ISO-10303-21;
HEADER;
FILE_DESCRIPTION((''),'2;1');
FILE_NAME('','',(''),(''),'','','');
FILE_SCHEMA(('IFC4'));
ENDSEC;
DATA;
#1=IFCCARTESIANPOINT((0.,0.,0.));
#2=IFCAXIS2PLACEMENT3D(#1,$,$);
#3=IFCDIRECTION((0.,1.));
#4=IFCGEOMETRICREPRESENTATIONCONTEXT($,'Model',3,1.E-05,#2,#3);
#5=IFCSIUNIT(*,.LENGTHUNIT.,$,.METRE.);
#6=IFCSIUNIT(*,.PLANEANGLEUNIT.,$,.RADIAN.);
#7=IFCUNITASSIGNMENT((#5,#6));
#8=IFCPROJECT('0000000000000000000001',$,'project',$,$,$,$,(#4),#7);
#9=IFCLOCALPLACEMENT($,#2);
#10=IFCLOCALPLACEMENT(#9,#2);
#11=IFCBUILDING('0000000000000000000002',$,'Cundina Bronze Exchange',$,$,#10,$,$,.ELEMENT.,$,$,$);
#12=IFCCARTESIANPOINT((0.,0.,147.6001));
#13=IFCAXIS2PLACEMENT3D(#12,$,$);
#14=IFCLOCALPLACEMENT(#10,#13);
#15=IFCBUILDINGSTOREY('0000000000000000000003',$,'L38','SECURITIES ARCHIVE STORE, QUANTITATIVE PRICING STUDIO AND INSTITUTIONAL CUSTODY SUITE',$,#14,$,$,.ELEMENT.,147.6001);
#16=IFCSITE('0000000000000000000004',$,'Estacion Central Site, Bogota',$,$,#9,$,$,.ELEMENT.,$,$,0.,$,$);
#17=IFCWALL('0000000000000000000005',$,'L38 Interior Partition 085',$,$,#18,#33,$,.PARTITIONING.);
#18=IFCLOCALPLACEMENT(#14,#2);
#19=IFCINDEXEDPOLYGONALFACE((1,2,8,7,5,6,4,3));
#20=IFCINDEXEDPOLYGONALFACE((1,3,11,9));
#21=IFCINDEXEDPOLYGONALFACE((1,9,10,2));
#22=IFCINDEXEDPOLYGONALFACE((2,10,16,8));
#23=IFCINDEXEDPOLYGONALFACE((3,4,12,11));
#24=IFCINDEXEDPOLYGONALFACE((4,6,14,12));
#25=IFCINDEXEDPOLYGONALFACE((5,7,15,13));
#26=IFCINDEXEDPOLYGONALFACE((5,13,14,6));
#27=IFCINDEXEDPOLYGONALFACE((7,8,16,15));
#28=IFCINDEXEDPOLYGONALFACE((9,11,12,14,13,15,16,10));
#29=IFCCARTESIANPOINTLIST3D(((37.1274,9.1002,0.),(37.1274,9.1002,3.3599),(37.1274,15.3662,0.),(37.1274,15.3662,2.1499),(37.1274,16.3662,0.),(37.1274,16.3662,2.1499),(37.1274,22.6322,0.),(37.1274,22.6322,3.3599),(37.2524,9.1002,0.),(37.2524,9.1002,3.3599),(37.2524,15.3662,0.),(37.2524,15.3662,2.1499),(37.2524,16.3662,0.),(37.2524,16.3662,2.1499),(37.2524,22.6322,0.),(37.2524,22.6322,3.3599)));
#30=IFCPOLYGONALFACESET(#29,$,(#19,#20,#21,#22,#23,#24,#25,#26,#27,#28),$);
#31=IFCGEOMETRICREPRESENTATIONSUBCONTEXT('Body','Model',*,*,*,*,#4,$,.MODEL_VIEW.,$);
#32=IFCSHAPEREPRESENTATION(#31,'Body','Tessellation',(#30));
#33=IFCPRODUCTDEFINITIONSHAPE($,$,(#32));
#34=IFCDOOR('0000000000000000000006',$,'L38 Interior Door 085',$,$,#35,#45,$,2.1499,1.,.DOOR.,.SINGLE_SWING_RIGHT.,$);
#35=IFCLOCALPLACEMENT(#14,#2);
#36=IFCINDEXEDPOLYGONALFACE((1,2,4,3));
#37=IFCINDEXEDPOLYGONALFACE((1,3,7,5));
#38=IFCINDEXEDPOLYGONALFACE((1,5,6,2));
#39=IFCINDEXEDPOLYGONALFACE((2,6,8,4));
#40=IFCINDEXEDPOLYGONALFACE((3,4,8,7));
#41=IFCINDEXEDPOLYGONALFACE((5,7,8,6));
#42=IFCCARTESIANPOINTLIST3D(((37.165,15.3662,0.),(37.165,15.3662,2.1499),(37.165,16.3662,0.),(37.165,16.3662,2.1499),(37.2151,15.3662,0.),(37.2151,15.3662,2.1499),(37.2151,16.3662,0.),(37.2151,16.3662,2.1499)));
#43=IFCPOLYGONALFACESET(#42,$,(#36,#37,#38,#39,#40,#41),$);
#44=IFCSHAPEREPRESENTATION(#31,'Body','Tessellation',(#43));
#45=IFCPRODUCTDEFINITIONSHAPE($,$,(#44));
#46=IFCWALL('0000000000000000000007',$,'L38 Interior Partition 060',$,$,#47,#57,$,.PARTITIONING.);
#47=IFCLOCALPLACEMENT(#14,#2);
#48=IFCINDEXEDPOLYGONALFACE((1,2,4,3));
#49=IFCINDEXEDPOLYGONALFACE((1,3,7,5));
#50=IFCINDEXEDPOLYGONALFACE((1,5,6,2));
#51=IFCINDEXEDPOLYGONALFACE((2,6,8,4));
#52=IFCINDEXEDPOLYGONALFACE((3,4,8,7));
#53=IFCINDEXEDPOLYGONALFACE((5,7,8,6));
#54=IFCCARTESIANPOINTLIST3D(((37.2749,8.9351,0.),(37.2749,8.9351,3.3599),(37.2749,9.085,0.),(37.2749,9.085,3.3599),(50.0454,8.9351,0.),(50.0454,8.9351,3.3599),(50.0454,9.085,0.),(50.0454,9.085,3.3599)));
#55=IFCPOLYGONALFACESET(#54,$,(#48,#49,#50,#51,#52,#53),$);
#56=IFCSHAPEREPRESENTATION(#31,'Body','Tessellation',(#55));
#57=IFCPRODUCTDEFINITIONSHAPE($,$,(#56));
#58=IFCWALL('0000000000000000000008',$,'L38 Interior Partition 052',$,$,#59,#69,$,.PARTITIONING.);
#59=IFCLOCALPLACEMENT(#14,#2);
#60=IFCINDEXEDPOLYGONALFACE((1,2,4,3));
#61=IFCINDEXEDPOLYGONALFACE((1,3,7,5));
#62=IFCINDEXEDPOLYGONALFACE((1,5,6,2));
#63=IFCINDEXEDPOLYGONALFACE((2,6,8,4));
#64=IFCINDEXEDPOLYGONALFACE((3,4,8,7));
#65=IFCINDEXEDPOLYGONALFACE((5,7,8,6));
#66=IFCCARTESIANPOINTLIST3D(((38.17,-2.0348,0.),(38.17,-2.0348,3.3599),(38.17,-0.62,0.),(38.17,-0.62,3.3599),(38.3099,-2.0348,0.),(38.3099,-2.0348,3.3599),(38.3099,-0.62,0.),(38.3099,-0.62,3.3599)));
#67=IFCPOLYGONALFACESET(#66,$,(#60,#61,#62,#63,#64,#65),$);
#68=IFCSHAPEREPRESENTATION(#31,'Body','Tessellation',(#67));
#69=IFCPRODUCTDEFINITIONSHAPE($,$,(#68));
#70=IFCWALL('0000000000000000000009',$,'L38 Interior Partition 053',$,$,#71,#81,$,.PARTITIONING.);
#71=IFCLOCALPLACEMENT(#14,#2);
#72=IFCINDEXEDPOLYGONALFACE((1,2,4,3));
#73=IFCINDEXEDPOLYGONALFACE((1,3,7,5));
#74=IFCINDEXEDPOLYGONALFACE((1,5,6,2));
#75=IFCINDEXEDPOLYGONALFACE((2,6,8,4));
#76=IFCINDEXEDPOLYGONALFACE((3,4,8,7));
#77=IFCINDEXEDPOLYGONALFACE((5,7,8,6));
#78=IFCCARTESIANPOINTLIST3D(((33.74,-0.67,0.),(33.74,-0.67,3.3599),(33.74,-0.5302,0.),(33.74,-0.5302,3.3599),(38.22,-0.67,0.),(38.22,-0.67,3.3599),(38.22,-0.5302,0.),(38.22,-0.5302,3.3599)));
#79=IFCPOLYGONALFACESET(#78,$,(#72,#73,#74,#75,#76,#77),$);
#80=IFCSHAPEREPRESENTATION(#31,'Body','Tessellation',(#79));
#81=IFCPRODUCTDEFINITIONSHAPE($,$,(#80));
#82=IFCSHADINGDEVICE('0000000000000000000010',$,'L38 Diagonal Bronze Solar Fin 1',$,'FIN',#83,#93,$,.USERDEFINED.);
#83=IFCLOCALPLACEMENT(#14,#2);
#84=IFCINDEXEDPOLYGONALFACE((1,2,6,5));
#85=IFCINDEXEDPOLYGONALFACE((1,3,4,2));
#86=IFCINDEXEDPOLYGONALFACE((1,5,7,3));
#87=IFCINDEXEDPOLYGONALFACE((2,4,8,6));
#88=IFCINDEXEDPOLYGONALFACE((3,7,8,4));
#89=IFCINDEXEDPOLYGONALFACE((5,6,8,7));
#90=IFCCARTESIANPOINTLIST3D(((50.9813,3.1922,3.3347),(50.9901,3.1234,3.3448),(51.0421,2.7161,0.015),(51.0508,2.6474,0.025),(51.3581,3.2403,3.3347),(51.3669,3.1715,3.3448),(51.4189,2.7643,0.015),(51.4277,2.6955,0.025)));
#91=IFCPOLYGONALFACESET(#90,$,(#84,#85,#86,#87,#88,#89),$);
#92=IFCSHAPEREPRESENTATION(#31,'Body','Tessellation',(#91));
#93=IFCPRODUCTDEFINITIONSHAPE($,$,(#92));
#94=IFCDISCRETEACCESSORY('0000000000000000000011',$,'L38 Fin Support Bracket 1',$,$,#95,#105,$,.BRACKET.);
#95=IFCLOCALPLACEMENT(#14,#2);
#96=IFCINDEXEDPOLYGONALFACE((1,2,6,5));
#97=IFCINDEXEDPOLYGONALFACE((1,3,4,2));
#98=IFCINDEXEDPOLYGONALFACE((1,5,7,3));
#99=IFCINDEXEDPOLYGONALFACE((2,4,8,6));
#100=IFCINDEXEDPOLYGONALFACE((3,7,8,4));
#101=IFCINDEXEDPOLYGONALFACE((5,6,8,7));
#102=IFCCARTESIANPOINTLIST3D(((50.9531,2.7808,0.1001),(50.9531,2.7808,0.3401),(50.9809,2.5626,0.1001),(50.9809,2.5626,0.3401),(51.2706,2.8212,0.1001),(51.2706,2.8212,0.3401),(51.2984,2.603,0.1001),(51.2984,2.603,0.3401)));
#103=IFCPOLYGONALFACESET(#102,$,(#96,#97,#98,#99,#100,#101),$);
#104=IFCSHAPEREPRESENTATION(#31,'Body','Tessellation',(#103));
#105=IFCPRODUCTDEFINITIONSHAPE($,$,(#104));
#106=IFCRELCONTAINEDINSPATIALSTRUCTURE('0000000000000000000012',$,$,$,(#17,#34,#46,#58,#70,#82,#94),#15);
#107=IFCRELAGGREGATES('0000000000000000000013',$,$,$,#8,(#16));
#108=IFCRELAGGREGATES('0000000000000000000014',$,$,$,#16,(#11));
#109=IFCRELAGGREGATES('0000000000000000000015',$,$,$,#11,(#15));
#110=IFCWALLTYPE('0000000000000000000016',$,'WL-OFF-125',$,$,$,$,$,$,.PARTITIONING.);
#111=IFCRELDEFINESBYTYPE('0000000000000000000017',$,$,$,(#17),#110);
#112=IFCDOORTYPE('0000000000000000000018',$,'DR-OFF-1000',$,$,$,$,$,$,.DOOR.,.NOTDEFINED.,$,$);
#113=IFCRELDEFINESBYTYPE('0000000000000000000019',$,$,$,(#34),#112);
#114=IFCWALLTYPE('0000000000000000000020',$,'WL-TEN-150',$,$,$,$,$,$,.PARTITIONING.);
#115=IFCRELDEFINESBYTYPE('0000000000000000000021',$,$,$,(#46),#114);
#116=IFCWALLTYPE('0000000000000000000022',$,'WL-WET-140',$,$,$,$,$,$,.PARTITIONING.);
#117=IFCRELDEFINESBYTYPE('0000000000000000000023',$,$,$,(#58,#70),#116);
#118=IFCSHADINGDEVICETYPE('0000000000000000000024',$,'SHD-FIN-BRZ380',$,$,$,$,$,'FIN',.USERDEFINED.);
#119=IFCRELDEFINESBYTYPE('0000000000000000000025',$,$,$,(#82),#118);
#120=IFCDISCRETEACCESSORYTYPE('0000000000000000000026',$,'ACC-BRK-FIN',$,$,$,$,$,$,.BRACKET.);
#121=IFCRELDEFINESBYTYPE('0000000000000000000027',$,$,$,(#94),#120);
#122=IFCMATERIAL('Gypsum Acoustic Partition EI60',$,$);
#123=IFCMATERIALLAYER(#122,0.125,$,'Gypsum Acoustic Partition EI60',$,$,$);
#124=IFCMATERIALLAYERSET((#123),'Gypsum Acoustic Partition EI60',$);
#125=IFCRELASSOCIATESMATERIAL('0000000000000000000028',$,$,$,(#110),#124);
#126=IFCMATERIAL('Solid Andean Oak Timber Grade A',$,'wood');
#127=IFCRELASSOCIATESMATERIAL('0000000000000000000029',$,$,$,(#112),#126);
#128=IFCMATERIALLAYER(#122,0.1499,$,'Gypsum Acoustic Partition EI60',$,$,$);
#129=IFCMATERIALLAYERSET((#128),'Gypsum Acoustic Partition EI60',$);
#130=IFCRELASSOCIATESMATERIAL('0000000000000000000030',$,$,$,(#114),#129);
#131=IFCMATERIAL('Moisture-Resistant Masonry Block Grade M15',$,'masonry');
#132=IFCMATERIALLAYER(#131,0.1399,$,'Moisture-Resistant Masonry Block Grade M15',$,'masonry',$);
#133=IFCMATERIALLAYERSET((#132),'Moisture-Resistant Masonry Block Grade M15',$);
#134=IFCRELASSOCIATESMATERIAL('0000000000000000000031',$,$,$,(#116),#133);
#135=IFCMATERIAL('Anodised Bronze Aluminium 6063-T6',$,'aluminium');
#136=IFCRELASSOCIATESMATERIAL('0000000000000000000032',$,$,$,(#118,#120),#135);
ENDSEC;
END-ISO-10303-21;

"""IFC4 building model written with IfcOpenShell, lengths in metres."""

from ifc_helpers import new_model, si_unit, direction, frame, frame_2d, origin, origin_2d, place, context, subcontext, project, spatial, rectangle, extrude, material, layer, layer_set, material_profile, profile_set, type_object, element, fill, save


model = new_model("IFC4")

# Units and contexts
model_context = context("Model", 3, precision=1e-05, world=origin(), true_north=direction((0.0, 1.0)))
body_context = subcontext(model_context, "Body", "Model", "MODEL_VIEW")
ifc_project = project(units=[si_unit("LENGTHUNIT", "METRE"), si_unit("PLANEANGLEUNIT", "RADIAN")], contexts=[model_context])

# Site, building, storey
site_placement = place(None, origin())
site = spatial("IfcSite", under=ifc_project, at=site_placement, Name="Estacion Central Site, Bogota", CompositionType="ELEMENT", RefElevation=0.0)
building_placement = place(site_placement, origin())
building = spatial("IfcBuilding", under=site, at=building_placement, Name="Cundina Bronze Exchange", CompositionType="ELEMENT")
storey_placement = place(building_placement, frame((0.0, 0.0, 147.6001)))
storey = spatial("IfcBuildingStorey", under=building, at=storey_placement, Name="L38", Description="SECURITIES ARCHIVE STORE, QUANTITATIVE PRICING STUDIO AND INSTITUTIONAL CUSTODY SUITE", CompositionType="ELEMENT", Elevation=147.6001)

# Shared definitions
ifc_material_1 = material(Name="Anodised Bronze Aluminium 6063-T6", Category="aluminium")

# Wall, opening, door
ifc_material_2 = material(Name="Gypsum Acoustic Partition EI60")
ifc_layer_1 = layer(ifc_material_2, 0.125, Name="Gypsum Acoustic Partition EI60")
ifc_layer_set_1 = layer_set([ifc_layer_1], Name="Gypsum Acoustic Partition EI60")
wall_type_1 = type_object("IfcWallType", Name="WL-OFF-125", PredefinedType="PARTITIONING", material=ifc_layer_set_1)
ifc_material_3 = material(Name="Solid Andean Oak Timber Grade A", Category="wood")
door_type = type_object("IfcDoorType", Name="DR-OFF-1000", OperationType="NOTDEFINED", PredefinedType="DOOR", material=ifc_material_3)
wall_1_placement = place(storey_placement, frame((37.1899, 9.1001, 0.0), z_axis=(0.0, 0.0, 1.0), x_axis=(0.0, 1.0, 0.0)))
wall_1 = element("IfcWall", 1, at=wall_1_placement, inside=storey, type_object=wall_type_1, Name="L38 Interior Partition 085", PredefinedType="PARTITIONING", context=body_context, shape_type="SweptSolid", body=[
    extrude(rectangle(XDim=13.532, YDim=0.125, at=frame_2d((6.7661, 0.0))), origin(), (0.0, 0.0, 1.0), 3.3599),
])
opening_1_placement = place(wall_1_placement, frame((6.2661, 0.0, 0.0)))
opening_1 = element("IfcOpeningElement", 2, at=opening_1_placement, cuts=wall_1, PredefinedType="OPENING", context=body_context, shape_type="SweptSolid", body=[
    extrude(rectangle(XDim=1.0, YDim=2.1499, at=frame_2d((0.5, 1.075))), frame((0.0, 0.0725, 0.0), z_axis=(0.0, -1.0, 0.0), x_axis=(1.0, 0.0, 0.0)), (0.0, 0.0, 1.0), 0.145),
])
door_1_placement = place(opening_1_placement, origin())
door_1 = element("IfcDoor", 3, at=door_1_placement, inside=storey, type_object=door_type, Name="L38 Interior Door 085", OperationType="SINGLE_SWING_RIGHT", OverallHeight=2.1499, OverallWidth=1.0, PredefinedType="DOOR", context=body_context, shape_type="SweptSolid", body=[
    extrude(rectangle(XDim=1.0, YDim=2.1499, at=frame_2d((0.5, 1.075))), frame((0.0, 0.0249, 0.0), z_axis=(0.0, -1.0, 0.0), x_axis=(1.0, 0.0, 0.0)), (0.0, 0.0, 1.0), 0.05),
])
fill(opening_1, door_1)

# Walls
ifc_layer_2 = layer(ifc_material_2, 0.1499, Name="Gypsum Acoustic Partition EI60")
ifc_layer_set_2 = layer_set([ifc_layer_2], Name="Gypsum Acoustic Partition EI60")
wall_type_2 = type_object("IfcWallType", Name="WL-TEN-150", PredefinedType="PARTITIONING", material=ifc_layer_set_2)
wall_2_placement = place(storey_placement, frame((37.2749, 9.01, 0.0), z_axis=(0.0, 0.0, 1.0), x_axis=(1.0, 0.0, 0.0)))
element("IfcWall", 4, at=wall_2_placement, inside=storey, type_object=wall_type_2, Name="L38 Interior Partition 060", PredefinedType="PARTITIONING", context=body_context, shape_type="SweptSolid", body=[
    extrude(rectangle(XDim=12.7705, YDim=0.1499, at=frame_2d((6.3853, 0.0))), origin(), (0.0, 0.0, 1.0), 3.3599),
])
ifc_material_4 = material(Name="Moisture-Resistant Masonry Block Grade M15", Category="masonry")
ifc_layer_3 = layer(ifc_material_4, 0.1399, Name="Moisture-Resistant Masonry Block Grade M15", Category="masonry")
ifc_layer_set_3 = layer_set([ifc_layer_3], Name="Moisture-Resistant Masonry Block Grade M15")
wall_type_3 = type_object("IfcWallType", Name="WL-WET-140", PredefinedType="PARTITIONING", material=ifc_layer_set_3)
wall_3_placement = place(storey_placement, frame((38.24, -2.0349, 0.0), z_axis=(0.0, 0.0, 1.0), x_axis=(0.0, 1.0, 0.0)))
element("IfcWall", 5, at=wall_3_placement, inside=storey, type_object=wall_type_3, Name="L38 Interior Partition 052", PredefinedType="PARTITIONING", context=body_context, shape_type="SweptSolid", body=[
    extrude(rectangle(XDim=1.4148, YDim=0.1399, at=frame_2d((0.7075, 0.0))), origin(), (0.0, 0.0, 1.0), 3.3599),
])
wall_4_placement = place(storey_placement, frame((33.74, -0.6001, 0.0), z_axis=(0.0, 0.0, 1.0), x_axis=(1.0, 0.0, 0.0)))
element("IfcWall", 6, at=wall_4_placement, inside=storey, type_object=wall_type_3, Name="L38 Interior Partition 053", PredefinedType="PARTITIONING", context=body_context, shape_type="SweptSolid", body=[
    extrude(rectangle(XDim=4.48, YDim=0.1399, at=frame_2d((2.24, 0.0))), origin(), (0.0, 0.0, 1.0), 3.3599),
])

# Shading device
ifc_material_profile_1 = material_profile(ifc_material_1, rectangle(XDim=0.0701, YDim=0.3799, at=origin_2d()), Name="FIN70X380", Category="aluminium")
ifc_profile_set_1 = profile_set([ifc_material_profile_1], Name="Anodised Bronze Aluminium 6063-T6")
shading_device_type = type_object("IfcShadingDeviceType", Name="SHD-FIN-BRZ380", ElementType="FIN", PredefinedType="USERDEFINED", material=ifc_profile_set_1)
shading_device_placement = place(storey_placement, frame((51.2349, 2.7058, 0.02), z_axis=(-0.018123, 0.141928, 0.989711), x_axis=(0.125361, -0.98174, 0.14308)))
element("IfcShadingDevice", 7, at=shading_device_placement, inside=storey, type_object=shading_device_type, Name="L38 Diagonal Bronze Solar Fin 1", ObjectType="FIN", PredefinedType="USERDEFINED", context=body_context, shape_type="SweptSolid", body=[
    extrude(rectangle(XDim=0.0701, YDim=0.3799, at=origin_2d()), origin(), (0.0, 0.0, 1.0), 3.3542),
])

# Discrete accessory
discrete_accessory_type = type_object("IfcDiscreteAccessoryType", Name="ACC-BRK-FIN", PredefinedType="BRACKET", material=ifc_material_1)
discrete_accessory_placement = place(storey_placement, frame((51.1257, 2.6919, 0.1001), z_axis=(0.0, 0.0, 1.0), x_axis=(-0.126476, 0.99197, 0.0)))
element("IfcDiscreteAccessory", 8, at=discrete_accessory_placement, inside=storey, type_object=discrete_accessory_type, Name="L38 Fin Support Bracket 1", PredefinedType="BRACKET", context=body_context, shape_type="SweptSolid", body=[
    extrude(rectangle(XDim=0.22, YDim=0.3201, at=origin_2d()), origin(), (0.0, 0.0, 1.0), 0.24),
])

save(model, "model.ifc")
